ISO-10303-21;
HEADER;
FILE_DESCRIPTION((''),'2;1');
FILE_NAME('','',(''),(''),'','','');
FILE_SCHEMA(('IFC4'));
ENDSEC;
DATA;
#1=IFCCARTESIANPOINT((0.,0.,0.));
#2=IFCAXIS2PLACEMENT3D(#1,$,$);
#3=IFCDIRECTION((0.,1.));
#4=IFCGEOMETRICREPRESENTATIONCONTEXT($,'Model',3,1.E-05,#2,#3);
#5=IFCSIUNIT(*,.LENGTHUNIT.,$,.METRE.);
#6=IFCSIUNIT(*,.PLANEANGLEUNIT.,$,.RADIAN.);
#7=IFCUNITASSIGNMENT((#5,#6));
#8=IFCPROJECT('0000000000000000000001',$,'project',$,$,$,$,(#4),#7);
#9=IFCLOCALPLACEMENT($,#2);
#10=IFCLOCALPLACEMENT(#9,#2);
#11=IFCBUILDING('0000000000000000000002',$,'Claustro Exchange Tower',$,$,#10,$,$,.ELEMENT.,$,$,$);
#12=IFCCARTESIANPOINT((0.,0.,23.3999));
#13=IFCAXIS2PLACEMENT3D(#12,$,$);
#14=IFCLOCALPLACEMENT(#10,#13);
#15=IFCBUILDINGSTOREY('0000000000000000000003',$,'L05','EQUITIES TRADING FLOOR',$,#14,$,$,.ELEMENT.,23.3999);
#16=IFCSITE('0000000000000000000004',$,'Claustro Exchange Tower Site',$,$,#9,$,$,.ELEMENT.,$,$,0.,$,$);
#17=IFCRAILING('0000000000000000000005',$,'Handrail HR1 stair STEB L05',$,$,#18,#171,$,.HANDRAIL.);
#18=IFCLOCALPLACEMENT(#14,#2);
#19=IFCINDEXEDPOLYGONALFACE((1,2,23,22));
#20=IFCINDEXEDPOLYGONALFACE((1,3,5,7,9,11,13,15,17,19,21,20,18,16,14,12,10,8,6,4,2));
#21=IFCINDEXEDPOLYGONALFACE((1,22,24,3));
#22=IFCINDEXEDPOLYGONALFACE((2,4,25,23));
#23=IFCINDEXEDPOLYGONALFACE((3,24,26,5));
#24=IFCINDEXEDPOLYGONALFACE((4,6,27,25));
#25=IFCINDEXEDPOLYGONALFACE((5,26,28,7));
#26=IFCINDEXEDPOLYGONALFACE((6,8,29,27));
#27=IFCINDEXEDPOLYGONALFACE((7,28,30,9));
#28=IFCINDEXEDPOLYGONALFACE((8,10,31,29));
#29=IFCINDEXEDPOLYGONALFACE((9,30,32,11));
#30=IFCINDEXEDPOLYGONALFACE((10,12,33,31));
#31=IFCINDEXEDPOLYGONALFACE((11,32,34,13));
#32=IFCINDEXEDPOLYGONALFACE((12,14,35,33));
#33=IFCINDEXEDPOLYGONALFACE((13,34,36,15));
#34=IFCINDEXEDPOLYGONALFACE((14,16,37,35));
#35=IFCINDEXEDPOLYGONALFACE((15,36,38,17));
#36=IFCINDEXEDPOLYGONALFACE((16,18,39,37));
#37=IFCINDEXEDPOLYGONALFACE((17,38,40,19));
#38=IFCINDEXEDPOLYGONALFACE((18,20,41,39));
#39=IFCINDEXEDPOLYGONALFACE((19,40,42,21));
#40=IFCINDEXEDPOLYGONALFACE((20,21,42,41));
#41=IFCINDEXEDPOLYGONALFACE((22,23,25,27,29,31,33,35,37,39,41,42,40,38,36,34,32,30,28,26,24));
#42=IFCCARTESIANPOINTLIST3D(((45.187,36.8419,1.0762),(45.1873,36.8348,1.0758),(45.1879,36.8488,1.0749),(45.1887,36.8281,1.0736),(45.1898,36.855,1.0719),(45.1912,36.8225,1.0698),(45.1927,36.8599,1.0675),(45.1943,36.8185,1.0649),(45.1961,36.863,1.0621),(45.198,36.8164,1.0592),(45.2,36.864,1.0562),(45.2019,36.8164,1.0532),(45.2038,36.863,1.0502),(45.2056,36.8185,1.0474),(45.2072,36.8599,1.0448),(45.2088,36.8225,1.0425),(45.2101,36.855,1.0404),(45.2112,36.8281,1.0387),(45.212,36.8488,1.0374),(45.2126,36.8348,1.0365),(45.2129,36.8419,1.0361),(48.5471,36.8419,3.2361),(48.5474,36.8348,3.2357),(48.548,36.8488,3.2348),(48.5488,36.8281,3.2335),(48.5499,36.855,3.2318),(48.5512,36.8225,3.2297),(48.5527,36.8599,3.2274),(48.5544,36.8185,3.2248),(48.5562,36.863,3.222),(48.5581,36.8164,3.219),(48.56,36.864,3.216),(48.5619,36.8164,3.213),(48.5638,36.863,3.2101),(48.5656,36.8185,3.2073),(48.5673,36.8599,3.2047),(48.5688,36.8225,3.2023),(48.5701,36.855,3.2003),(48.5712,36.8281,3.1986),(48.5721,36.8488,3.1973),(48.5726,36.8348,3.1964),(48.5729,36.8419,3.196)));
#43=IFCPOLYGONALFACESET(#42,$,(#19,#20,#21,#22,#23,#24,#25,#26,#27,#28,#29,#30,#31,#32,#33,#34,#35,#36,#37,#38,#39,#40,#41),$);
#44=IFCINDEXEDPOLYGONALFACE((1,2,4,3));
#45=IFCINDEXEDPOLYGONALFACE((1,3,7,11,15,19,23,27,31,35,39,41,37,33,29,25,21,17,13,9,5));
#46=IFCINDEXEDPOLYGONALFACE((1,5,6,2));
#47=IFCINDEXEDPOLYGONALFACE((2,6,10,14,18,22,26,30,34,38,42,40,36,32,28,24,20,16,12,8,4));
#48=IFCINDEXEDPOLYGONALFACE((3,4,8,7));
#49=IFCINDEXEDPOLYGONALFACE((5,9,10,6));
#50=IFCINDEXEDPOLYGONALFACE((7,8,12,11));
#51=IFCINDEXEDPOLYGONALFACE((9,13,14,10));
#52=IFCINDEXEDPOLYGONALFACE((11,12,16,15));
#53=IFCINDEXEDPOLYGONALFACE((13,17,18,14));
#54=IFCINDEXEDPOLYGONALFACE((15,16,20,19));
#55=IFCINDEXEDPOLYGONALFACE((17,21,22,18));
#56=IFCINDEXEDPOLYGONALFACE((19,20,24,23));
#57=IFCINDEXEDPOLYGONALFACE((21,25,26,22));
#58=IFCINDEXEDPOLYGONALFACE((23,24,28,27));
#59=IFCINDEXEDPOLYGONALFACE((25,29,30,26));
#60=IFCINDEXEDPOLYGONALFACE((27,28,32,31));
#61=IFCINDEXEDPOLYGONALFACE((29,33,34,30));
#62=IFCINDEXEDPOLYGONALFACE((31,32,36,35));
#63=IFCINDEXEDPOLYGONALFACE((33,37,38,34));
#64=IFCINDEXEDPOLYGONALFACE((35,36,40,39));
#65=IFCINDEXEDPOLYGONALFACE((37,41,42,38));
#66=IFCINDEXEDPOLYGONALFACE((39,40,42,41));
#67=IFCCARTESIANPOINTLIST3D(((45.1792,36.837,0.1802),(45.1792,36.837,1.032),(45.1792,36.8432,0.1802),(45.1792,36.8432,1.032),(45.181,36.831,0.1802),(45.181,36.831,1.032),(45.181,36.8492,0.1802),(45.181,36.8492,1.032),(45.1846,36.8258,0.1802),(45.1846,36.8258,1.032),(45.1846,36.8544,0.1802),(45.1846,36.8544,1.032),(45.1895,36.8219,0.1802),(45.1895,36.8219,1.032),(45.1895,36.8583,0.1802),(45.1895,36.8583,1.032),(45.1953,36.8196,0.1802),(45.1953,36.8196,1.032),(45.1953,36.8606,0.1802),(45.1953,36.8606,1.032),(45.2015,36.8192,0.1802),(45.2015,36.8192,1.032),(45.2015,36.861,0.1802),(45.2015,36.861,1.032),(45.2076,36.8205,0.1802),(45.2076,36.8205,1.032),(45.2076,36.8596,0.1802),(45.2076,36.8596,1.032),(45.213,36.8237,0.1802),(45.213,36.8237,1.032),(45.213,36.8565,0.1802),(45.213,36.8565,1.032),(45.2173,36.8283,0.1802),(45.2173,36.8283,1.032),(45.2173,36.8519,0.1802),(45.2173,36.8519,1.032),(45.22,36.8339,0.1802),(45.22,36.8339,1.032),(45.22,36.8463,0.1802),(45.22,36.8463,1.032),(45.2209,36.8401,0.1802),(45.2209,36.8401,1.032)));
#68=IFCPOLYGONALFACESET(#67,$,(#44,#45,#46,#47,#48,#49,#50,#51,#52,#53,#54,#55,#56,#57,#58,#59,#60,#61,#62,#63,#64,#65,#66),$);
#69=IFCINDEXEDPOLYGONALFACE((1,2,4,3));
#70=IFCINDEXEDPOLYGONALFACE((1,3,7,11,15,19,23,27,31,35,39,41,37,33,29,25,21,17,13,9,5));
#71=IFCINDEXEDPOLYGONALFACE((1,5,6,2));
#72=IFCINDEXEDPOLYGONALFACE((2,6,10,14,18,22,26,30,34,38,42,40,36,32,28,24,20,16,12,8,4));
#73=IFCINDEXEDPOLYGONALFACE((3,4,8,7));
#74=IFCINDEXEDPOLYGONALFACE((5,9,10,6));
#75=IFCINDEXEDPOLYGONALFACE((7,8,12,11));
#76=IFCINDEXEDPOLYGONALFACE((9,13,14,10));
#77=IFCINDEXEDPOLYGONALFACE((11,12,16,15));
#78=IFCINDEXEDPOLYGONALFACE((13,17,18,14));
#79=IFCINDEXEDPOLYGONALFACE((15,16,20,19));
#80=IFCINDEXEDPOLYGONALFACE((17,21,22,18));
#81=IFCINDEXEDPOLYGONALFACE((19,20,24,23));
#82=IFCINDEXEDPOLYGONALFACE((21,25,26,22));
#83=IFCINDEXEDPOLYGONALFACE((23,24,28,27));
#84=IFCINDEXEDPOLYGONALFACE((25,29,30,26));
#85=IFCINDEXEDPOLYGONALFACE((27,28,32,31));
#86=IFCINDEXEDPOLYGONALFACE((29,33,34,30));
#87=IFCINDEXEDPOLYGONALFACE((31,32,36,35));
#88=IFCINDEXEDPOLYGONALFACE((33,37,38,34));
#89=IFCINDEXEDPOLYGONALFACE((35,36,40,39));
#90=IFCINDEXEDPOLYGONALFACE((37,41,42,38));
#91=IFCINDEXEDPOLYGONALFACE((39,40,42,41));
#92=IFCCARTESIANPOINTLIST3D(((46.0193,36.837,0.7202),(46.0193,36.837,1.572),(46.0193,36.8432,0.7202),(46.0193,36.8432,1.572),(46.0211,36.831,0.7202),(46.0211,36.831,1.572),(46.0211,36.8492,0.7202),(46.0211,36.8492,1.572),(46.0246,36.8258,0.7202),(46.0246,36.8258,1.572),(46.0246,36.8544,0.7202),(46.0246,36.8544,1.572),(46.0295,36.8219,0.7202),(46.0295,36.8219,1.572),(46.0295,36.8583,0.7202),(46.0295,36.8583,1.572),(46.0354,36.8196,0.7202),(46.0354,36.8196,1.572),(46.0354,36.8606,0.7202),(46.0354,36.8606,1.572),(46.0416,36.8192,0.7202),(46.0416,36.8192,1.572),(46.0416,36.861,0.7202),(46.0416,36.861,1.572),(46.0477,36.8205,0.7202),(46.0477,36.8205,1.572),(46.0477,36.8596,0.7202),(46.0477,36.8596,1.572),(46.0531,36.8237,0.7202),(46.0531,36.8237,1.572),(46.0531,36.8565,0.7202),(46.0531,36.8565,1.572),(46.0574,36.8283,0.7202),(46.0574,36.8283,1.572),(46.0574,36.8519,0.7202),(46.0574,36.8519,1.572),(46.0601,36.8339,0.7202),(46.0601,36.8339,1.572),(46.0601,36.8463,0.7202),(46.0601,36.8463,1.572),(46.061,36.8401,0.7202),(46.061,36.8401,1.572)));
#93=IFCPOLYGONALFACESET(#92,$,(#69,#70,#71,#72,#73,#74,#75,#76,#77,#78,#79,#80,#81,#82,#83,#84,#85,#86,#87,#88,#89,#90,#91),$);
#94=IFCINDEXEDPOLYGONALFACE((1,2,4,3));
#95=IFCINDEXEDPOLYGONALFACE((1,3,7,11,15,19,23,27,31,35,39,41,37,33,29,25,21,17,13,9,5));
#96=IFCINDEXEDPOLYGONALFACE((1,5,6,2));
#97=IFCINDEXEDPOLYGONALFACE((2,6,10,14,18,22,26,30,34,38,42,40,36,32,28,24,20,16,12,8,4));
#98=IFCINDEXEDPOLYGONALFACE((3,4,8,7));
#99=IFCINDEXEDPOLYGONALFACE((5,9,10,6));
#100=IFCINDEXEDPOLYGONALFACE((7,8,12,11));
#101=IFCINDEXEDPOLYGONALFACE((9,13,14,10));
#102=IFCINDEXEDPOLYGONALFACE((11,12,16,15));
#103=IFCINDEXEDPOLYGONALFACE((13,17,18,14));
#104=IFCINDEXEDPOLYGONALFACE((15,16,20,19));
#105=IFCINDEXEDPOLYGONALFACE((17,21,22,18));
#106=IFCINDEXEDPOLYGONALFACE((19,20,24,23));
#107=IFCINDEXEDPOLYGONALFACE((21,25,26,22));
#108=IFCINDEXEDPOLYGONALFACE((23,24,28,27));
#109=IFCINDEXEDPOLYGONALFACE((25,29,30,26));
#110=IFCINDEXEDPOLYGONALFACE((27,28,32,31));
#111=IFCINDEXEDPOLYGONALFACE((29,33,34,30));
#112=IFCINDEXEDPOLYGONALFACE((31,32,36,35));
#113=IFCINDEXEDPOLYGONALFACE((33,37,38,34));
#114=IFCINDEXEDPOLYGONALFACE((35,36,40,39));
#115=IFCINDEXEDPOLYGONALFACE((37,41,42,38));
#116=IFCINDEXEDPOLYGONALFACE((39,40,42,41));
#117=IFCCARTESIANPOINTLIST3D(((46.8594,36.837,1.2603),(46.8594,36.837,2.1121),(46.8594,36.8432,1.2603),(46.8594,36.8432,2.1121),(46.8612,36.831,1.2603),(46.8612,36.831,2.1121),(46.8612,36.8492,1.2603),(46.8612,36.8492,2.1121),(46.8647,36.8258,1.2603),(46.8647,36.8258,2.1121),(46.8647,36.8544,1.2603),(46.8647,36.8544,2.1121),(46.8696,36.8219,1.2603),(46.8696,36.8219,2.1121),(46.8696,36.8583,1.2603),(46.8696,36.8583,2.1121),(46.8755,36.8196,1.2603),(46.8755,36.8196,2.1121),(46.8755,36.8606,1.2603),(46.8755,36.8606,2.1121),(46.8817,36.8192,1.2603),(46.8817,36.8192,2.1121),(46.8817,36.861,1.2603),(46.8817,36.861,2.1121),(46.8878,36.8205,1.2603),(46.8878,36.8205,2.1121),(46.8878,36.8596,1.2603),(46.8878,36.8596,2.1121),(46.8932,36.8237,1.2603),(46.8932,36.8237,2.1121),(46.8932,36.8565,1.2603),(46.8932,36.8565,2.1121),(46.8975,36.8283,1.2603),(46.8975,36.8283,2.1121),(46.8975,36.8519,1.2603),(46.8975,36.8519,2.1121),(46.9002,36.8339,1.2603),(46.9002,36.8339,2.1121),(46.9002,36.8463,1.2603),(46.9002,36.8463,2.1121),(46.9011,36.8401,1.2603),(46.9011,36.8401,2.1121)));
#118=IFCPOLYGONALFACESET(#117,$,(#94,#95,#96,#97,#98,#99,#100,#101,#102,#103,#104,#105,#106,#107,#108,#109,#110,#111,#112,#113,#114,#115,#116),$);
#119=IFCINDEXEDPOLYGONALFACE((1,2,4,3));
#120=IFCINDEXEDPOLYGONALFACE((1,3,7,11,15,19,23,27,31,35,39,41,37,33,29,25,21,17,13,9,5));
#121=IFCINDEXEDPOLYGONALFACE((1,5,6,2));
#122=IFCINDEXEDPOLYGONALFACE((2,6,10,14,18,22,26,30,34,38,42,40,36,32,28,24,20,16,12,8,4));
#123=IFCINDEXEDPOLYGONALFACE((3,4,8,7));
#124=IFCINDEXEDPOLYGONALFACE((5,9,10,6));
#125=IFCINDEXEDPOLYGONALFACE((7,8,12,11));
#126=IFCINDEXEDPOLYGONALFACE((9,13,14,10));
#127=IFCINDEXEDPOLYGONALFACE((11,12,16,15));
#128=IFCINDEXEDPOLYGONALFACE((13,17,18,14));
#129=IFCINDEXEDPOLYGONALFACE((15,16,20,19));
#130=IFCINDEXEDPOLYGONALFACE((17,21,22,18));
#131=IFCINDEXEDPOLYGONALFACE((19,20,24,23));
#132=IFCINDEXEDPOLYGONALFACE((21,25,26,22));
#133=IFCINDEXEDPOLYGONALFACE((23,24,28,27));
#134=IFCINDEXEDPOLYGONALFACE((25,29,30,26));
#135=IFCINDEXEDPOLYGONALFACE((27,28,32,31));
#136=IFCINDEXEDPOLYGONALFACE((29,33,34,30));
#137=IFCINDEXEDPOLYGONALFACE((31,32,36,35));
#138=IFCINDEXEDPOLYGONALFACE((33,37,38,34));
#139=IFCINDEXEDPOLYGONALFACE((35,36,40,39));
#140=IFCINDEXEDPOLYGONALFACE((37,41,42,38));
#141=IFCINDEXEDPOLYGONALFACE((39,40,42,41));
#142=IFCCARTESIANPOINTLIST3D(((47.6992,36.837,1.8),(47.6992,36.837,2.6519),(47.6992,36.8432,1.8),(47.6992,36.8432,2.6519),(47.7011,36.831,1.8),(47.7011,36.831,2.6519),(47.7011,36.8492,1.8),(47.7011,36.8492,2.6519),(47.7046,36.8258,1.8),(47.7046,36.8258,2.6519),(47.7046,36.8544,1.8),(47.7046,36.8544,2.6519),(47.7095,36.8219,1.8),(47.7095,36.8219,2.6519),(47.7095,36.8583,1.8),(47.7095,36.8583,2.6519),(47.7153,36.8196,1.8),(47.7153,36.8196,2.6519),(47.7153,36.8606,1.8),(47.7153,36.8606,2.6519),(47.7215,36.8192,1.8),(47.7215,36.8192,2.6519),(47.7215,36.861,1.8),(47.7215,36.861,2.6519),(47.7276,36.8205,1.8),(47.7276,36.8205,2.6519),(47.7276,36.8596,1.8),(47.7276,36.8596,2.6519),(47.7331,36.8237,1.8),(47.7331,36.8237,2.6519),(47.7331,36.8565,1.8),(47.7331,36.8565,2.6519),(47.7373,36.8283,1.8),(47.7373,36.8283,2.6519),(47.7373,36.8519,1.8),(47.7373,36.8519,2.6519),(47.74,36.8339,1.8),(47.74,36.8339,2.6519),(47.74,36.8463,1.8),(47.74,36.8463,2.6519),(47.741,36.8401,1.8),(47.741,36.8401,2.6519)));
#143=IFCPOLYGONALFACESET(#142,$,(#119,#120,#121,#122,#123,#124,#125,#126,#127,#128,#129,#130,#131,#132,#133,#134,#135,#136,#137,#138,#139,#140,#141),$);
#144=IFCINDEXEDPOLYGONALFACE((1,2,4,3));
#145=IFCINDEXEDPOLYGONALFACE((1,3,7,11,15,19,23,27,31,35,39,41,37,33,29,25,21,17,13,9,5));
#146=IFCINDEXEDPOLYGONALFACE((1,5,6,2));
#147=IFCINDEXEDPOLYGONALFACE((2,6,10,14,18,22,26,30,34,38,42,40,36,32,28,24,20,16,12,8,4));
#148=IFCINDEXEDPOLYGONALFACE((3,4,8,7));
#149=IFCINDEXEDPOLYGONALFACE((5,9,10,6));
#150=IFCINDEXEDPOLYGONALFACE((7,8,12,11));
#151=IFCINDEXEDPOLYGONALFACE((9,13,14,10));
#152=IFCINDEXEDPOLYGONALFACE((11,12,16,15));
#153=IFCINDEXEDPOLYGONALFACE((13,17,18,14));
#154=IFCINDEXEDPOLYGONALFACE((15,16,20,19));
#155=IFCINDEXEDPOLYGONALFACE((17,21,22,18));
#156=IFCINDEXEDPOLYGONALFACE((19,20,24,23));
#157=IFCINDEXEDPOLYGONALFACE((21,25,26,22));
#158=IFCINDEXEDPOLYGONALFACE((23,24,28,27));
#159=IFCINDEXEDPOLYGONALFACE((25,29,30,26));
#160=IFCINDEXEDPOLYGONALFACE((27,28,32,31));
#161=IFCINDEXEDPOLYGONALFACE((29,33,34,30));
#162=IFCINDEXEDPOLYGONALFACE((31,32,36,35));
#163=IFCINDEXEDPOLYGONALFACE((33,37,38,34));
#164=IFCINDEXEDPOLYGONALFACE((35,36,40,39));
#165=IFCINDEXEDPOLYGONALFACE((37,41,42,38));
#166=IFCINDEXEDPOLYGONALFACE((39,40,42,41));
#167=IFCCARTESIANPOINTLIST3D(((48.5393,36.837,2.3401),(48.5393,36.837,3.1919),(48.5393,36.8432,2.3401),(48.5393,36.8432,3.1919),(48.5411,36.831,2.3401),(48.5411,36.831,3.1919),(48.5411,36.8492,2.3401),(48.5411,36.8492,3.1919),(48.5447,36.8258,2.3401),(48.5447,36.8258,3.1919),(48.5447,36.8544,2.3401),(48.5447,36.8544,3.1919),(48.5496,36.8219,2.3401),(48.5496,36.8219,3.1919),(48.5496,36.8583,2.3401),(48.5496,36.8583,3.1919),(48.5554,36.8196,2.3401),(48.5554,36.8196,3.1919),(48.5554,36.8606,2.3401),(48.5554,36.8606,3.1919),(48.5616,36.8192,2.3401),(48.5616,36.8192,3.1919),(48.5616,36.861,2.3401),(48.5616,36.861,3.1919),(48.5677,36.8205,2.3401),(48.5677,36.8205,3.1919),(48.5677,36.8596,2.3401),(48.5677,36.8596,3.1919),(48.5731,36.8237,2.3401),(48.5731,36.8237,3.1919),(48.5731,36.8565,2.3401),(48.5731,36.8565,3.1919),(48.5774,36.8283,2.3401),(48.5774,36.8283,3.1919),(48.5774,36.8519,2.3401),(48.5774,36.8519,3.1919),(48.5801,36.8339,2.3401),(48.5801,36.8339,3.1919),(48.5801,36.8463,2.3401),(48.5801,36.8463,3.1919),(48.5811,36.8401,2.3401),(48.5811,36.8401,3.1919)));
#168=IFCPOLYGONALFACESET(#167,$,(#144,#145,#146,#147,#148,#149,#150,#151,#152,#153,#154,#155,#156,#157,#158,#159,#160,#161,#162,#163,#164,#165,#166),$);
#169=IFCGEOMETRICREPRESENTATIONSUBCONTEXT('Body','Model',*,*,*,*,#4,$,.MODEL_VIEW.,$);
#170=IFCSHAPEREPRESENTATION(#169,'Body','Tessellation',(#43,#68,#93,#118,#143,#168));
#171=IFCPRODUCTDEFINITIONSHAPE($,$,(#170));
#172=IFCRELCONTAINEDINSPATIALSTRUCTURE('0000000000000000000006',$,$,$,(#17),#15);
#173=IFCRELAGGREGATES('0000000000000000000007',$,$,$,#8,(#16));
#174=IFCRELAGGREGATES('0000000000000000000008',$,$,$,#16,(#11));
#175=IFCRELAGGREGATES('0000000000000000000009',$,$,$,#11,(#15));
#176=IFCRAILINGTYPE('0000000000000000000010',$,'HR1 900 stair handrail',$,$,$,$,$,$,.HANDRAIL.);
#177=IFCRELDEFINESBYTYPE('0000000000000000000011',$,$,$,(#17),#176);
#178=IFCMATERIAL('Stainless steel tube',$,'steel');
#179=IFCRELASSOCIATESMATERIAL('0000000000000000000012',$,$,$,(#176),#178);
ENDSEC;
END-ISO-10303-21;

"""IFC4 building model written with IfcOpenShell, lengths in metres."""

from ifc_helpers import new_model, si_unit, direction, frame, origin, origin_2d, place, context, subcontext, project, spatial, circle, extrude, material, type_object, element, save


model = new_model("IFC4")

# Units and contexts
model_context = context("Model", 3, precision=1e-05, world=origin(), true_north=direction((0.0, 1.0)))
body_context = subcontext(model_context, "Body", "Model", "MODEL_VIEW")
ifc_project = project(units=[si_unit("LENGTHUNIT", "METRE"), si_unit("PLANEANGLEUNIT", "RADIAN")], contexts=[model_context])

# Site, building, storey
site_placement = place(None, origin())
site = spatial("IfcSite", under=ifc_project, at=site_placement, Name="Claustro Exchange Tower Site", CompositionType="ELEMENT", RefElevation=0.0)
building_placement = place(site_placement, origin())
building = spatial("IfcBuilding", under=site, at=building_placement, Name="Claustro Exchange Tower", CompositionType="ELEMENT")
storey_placement = place(building_placement, frame((0.0, 0.0, 23.3999)))
storey = spatial("IfcBuildingStorey", under=building, at=storey_placement, Name="L05", Description="EQUITIES TRADING FLOOR", CompositionType="ELEMENT", Elevation=23.3999)

# Railing
ifc_material_1 = material(Name="Stainless steel tube", Category="steel")
railing_type_1 = type_object("IfcRailingType", Name="HR1 900 stair handrail", PredefinedType="HANDRAIL", material=ifc_material_1)
railing_1_placement = place(storey_placement, frame((45.2, 36.8401, 0.1802)))
element("IfcRailing", 1, at=railing_1_placement, inside=storey, type_object=railing_type_1, Name="Handrail HR1 stair STEB L05", PredefinedType="HANDRAIL", context=body_context, shape_type="SweptSolid", body=[
    extrude(circle(Radius=0.0239, at=origin_2d()), frame((0.0, 0.0, 0.876), z_axis=(0.841196, 0.0, 0.54073), x_axis=(0.0, 1.0, 0.0)), (0.0, 0.0, 1.0), 3.9944),
    extrude(circle(Radius=0.021, at=origin_2d()), origin(), (0.0, 0.0, 1.0), 0.8518),
    extrude(circle(Radius=0.021, at=origin_2d()), frame((0.8401, 0.0, 0.54)), (0.0, 0.0, 1.0), 0.8518),
    extrude(circle(Radius=0.021, at=origin_2d()), frame((1.6802, 0.0, 1.0801)), (0.0, 0.0, 1.0), 0.8518),
    extrude(circle(Radius=0.021, at=origin_2d()), frame((2.52, 0.0, 1.6199)), (0.0, 0.0, 1.0), 0.8518),
    extrude(circle(Radius=0.021, at=origin_2d()), frame((3.3601, 0.0, 2.1599)), (0.0, 0.0, 1.0), 0.8518),
])

save(model, "model.ifc")
